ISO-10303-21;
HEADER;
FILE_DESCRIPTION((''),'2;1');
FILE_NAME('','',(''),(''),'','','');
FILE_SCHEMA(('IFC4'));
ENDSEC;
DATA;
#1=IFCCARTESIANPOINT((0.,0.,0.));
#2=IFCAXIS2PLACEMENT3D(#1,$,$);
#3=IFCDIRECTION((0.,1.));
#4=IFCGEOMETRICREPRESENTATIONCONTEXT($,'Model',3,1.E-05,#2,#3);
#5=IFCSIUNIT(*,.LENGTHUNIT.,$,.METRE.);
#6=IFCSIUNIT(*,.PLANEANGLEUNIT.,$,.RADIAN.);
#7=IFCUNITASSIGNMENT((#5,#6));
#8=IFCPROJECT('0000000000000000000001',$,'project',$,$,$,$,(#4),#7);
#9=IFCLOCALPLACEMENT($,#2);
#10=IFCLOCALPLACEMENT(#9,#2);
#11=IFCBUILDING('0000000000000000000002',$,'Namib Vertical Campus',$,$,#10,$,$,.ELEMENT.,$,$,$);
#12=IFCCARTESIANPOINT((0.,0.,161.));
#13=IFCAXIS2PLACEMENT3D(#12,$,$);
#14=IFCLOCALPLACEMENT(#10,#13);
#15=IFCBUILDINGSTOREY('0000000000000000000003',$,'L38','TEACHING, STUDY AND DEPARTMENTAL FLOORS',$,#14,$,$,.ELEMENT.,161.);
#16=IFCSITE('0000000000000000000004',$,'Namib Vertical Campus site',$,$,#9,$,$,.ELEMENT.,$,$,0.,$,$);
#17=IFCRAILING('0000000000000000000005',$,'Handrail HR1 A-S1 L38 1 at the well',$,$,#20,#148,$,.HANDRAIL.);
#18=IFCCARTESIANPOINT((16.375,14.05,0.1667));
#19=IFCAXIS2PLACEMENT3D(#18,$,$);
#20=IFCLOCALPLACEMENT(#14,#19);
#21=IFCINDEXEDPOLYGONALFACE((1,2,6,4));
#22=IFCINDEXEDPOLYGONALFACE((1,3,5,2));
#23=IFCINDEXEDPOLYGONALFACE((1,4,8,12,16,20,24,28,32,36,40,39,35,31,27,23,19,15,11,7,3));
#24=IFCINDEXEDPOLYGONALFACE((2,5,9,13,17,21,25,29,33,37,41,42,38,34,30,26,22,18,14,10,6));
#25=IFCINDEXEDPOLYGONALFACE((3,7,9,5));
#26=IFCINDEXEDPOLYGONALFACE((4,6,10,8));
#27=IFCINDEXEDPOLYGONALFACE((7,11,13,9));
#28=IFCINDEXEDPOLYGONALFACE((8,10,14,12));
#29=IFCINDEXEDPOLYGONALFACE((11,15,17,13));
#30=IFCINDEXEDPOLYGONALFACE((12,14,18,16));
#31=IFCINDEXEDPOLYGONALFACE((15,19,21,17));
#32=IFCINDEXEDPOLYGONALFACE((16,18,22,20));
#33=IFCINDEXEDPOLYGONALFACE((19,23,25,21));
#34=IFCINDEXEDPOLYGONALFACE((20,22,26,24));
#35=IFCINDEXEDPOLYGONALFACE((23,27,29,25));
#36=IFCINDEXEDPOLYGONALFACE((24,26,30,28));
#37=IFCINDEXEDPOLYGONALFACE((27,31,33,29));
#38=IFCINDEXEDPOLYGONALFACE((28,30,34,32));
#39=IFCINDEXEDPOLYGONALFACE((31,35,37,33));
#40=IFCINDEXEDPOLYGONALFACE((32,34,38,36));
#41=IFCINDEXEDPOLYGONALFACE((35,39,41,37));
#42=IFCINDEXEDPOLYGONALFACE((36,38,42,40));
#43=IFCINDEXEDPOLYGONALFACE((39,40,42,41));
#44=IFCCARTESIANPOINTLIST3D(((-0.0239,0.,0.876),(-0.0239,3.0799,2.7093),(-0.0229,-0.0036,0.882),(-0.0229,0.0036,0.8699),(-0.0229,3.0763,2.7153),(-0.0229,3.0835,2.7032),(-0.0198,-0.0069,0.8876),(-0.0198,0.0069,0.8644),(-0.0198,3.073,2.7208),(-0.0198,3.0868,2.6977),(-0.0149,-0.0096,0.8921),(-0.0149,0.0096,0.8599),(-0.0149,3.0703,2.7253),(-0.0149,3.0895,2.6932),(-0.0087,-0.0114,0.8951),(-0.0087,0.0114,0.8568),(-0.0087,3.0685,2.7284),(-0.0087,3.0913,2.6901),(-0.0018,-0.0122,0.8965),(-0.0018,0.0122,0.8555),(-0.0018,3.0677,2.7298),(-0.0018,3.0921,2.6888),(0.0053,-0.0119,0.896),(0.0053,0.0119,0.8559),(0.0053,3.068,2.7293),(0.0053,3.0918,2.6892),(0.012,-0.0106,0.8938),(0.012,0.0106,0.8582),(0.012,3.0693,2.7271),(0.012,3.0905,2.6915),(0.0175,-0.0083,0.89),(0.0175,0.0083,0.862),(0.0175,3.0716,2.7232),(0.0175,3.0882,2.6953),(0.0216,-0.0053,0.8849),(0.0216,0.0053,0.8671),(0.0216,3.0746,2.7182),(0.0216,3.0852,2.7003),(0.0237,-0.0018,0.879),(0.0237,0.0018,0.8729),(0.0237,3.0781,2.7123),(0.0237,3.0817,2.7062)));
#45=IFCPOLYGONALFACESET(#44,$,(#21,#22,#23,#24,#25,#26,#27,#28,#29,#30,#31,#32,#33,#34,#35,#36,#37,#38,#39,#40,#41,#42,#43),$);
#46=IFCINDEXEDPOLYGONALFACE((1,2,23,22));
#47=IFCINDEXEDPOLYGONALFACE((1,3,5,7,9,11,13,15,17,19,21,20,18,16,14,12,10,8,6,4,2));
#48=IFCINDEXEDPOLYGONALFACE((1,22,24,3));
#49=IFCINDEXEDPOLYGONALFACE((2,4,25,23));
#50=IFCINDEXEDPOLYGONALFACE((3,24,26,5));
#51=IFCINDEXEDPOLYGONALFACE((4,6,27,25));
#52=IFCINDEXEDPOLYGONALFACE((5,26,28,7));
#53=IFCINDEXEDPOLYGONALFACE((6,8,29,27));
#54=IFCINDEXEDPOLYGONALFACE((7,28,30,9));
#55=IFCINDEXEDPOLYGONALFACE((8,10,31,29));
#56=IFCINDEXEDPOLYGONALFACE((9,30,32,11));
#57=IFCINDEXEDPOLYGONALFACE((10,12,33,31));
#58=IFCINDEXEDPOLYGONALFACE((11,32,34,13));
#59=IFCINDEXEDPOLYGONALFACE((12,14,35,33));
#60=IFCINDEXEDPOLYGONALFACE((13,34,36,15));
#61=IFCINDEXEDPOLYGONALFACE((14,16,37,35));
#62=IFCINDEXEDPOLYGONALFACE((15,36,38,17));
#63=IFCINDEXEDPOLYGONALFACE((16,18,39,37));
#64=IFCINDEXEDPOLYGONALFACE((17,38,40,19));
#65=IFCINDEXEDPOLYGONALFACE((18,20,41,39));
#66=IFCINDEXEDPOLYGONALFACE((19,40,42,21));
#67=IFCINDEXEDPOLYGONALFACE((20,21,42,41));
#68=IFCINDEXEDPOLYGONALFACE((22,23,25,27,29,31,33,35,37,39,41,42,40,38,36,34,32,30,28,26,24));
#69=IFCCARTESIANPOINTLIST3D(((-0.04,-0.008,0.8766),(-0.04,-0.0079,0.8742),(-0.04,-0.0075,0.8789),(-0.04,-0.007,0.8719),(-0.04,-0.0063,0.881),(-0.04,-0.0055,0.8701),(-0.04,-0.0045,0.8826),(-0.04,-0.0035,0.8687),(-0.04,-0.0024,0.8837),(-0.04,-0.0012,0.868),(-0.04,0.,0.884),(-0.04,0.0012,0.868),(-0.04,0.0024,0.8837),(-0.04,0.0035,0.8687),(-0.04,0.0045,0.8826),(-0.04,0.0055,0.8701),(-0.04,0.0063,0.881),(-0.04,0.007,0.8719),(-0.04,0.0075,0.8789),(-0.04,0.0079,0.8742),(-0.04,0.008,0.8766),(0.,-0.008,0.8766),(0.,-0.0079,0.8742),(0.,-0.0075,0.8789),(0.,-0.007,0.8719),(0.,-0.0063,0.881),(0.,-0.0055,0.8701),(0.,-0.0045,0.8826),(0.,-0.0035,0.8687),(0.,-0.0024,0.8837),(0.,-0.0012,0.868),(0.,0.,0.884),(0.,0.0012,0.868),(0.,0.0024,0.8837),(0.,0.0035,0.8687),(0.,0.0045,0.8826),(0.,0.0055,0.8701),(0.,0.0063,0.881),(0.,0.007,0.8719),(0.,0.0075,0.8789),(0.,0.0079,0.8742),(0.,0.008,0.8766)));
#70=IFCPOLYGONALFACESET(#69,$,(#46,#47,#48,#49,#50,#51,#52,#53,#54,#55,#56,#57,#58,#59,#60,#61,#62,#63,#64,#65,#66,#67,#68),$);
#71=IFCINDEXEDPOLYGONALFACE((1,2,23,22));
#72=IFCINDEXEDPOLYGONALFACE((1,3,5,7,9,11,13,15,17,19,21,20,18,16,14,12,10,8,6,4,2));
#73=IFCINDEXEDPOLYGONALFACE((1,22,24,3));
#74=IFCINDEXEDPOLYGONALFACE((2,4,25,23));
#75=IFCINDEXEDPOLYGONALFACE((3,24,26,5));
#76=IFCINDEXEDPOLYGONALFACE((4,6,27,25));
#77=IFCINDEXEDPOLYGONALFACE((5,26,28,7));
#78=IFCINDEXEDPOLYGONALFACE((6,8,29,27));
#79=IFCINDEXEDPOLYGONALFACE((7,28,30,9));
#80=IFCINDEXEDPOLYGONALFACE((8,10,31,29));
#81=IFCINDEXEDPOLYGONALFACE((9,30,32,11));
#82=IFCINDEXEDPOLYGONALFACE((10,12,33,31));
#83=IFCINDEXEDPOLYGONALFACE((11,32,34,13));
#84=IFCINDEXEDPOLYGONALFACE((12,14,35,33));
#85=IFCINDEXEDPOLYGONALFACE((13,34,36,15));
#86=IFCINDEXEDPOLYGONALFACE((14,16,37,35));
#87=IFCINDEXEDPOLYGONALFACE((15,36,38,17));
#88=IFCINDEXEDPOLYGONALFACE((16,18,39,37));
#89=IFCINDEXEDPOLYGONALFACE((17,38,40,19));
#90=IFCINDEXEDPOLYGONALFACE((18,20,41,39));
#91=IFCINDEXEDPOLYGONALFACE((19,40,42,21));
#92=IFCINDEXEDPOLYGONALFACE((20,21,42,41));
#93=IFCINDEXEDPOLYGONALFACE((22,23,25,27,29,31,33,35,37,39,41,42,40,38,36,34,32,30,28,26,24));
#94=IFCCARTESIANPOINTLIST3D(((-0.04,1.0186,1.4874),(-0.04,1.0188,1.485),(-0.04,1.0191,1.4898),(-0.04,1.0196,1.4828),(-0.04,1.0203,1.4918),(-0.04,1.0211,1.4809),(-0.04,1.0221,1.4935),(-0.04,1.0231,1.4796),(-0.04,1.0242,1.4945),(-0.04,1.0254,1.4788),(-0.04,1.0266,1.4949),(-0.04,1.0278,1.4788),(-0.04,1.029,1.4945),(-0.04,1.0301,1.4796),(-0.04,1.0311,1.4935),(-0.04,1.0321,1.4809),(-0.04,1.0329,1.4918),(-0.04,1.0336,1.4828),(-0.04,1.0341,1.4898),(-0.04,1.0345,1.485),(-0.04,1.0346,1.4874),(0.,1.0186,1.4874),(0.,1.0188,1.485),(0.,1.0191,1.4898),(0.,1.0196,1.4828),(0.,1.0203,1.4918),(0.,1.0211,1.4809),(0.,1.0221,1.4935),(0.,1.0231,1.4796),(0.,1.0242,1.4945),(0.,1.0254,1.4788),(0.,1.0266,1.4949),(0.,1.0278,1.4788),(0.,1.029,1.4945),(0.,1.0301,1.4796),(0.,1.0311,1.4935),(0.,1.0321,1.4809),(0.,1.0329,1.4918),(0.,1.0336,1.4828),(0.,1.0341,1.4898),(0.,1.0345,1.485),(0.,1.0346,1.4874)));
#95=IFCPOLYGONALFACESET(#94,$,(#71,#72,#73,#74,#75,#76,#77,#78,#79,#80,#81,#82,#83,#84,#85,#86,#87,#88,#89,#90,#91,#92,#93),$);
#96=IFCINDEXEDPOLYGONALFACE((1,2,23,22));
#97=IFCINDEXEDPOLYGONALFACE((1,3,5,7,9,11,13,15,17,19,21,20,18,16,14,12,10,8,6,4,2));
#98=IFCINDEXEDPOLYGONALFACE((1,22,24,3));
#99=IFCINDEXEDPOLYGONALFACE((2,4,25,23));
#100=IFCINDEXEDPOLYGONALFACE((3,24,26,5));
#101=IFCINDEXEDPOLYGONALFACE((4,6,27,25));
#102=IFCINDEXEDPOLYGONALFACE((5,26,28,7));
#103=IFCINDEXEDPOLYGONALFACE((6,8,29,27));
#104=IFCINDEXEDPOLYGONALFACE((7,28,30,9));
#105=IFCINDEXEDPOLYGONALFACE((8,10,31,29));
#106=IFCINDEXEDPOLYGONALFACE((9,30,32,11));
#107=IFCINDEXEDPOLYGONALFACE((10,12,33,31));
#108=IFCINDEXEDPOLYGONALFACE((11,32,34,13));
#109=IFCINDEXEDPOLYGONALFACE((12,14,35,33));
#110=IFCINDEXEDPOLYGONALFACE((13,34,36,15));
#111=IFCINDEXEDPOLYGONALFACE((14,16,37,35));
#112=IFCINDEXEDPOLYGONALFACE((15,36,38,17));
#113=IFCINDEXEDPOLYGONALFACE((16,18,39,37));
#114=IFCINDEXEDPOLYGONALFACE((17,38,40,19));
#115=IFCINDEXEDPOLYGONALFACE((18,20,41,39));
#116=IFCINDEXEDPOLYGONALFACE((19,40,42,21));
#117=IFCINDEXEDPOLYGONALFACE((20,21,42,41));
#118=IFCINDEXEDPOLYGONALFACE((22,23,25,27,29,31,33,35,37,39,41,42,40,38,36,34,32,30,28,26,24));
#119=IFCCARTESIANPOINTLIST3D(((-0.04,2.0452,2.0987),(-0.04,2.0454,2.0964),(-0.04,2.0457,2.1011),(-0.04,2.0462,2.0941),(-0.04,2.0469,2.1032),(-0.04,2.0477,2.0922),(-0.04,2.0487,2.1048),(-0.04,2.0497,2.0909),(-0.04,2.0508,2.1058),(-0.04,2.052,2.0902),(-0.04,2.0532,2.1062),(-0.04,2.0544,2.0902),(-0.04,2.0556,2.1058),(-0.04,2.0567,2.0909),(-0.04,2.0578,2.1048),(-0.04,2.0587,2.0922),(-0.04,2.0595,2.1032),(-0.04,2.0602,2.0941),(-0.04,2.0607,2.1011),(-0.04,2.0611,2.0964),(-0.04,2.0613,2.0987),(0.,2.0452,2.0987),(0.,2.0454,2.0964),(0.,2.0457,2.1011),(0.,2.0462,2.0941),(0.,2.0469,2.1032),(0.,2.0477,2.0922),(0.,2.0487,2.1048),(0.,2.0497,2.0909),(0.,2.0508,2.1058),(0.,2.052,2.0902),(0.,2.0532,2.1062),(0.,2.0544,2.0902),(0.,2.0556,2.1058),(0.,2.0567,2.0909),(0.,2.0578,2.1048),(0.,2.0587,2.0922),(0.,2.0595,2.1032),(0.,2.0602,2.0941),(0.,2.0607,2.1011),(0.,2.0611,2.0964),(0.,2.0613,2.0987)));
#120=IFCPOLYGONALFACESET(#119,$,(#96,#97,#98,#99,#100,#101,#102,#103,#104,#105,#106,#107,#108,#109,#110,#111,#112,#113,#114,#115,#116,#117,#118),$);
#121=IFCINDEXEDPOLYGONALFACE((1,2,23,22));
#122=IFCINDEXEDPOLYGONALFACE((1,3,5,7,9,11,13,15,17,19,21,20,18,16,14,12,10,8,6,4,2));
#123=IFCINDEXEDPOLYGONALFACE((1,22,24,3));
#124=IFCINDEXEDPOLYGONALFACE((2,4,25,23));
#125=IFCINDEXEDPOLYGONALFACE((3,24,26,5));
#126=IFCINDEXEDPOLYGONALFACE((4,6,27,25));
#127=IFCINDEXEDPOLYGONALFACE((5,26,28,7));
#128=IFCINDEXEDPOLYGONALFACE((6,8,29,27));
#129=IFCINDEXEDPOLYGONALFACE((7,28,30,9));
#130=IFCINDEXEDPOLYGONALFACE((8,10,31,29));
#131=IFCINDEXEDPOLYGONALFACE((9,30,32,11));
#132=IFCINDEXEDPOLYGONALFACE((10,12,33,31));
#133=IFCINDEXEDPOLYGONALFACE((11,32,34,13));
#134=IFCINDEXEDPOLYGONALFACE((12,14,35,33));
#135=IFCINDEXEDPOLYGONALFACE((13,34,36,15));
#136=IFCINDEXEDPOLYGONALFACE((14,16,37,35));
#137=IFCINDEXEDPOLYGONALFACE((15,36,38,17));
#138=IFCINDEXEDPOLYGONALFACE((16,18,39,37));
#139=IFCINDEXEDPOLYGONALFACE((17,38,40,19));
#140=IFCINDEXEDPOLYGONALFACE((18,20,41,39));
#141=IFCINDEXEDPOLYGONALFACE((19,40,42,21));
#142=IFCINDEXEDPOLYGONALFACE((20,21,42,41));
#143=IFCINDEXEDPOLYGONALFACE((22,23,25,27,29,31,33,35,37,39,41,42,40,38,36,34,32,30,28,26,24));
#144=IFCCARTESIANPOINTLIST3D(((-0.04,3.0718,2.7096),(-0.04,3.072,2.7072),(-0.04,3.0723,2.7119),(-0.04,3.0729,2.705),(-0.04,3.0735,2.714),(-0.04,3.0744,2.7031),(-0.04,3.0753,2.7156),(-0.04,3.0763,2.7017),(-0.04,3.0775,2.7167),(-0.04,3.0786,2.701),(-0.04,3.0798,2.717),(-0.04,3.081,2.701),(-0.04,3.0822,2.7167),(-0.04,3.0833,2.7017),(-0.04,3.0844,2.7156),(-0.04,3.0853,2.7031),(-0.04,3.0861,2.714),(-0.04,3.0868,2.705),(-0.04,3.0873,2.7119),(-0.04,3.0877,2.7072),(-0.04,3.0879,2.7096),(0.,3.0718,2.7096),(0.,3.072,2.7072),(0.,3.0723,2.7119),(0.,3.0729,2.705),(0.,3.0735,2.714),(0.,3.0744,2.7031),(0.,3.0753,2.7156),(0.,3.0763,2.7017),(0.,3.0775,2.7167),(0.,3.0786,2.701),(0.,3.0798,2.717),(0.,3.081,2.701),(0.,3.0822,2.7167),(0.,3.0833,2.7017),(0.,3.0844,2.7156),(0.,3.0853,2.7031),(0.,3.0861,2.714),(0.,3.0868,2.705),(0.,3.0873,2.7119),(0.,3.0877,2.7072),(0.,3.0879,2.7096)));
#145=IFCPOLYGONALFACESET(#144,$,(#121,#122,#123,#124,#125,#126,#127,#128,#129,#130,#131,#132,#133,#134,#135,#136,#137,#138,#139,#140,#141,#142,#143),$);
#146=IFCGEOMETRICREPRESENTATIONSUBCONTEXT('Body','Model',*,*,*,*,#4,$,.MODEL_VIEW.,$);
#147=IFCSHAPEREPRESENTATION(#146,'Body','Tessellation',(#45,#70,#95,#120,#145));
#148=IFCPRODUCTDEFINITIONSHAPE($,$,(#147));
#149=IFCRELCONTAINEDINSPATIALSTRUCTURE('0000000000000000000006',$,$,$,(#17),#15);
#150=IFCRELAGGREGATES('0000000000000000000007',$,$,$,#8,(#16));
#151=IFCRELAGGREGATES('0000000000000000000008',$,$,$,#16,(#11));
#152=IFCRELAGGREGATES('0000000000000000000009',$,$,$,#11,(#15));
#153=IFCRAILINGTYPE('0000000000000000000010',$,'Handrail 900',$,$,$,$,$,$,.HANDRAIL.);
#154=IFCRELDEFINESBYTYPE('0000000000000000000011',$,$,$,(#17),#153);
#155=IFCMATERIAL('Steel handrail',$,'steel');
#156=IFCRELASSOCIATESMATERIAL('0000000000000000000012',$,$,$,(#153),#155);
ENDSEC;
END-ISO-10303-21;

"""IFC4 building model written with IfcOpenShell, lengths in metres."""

from ifc_helpers import new_model, si_unit, direction, frame, origin, origin_2d, place, context, subcontext, project, spatial, circle, extrude, material, type_object, element, save


model = new_model("IFC4")

# Units and contexts
model_context = context("Model", 3, precision=1e-05, world=origin(), true_north=direction((0.0, 1.0)))
body_context = subcontext(model_context, "Body", "Model", "MODEL_VIEW")
ifc_project = project(units=[si_unit("LENGTHUNIT", "METRE"), si_unit("PLANEANGLEUNIT", "RADIAN")], contexts=[model_context])

# Site, building, storey
site_placement = place(None, origin())
site = spatial("IfcSite", under=ifc_project, at=site_placement, Name="Namib Vertical Campus site", CompositionType="ELEMENT", RefElevation=0.0)
building_placement = place(site_placement, origin())
building = spatial("IfcBuilding", under=site, at=building_placement, Name="Namib Vertical Campus", CompositionType="ELEMENT")
storey_placement = place(building_placement, frame((0.0, 0.0, 161.0)))
storey = spatial("IfcBuildingStorey", under=building, at=storey_placement, Name="L38", Description="TEACHING, STUDY AND DEPARTMENTAL FLOORS", CompositionType="ELEMENT", Elevation=161.0)

# Railing
ifc_material_1 = material(Name="Steel handrail", Category="steel")
railing_type_1 = type_object("IfcRailingType", Name="Handrail 900", PredefinedType="HANDRAIL", material=ifc_material_1)
railing_1_placement = place(storey_placement, frame((16.375, 14.05, 0.1667)))
element("IfcRailing", 1, at=railing_1_placement, inside=storey, type_object=railing_type_1, Name="Handrail HR1 A-S1 L38 1 at the well", PredefinedType="HANDRAIL", context=body_context, shape_type="SweptSolid", body=[
    extrude(circle(Radius=0.0239, at=origin_2d()), frame((0.0, 0.0, 0.876), z_axis=(0.0, 0.859291, 0.511487), x_axis=(-1.0, 0.0, 0.0)), (0.0, 0.0, 1.0), 3.5842),
    extrude(circle(Radius=0.0081, at=origin_2d()), frame((0.0, 0.0, 0.876), z_axis=(-1.0, 0.0, 0.0), x_axis=(0.0, 0.0, 1.0)), (0.0, 0.0, 1.0), 0.04),
    extrude(circle(Radius=0.0081, at=origin_2d()), frame((0.0, 1.0266, 1.4868), z_axis=(-1.0, 0.0, 0.0), x_axis=(0.0, 0.0, 1.0)), (0.0, 0.0, 1.0), 0.04),
    extrude(circle(Radius=0.0081, at=origin_2d()), frame((0.0, 2.0532, 2.0981), z_axis=(-1.0, 0.0, 0.0), x_axis=(0.0, 0.0, 1.0)), (0.0, 0.0, 1.0), 0.04),
    extrude(circle(Radius=0.0081, at=origin_2d()), frame((0.0, 3.0798, 2.709), z_axis=(-1.0, 0.0, 0.0), x_axis=(0.0, 0.0, 1.0)), (0.0, 0.0, 1.0), 0.04),
])

save(model, "model.ifc")
